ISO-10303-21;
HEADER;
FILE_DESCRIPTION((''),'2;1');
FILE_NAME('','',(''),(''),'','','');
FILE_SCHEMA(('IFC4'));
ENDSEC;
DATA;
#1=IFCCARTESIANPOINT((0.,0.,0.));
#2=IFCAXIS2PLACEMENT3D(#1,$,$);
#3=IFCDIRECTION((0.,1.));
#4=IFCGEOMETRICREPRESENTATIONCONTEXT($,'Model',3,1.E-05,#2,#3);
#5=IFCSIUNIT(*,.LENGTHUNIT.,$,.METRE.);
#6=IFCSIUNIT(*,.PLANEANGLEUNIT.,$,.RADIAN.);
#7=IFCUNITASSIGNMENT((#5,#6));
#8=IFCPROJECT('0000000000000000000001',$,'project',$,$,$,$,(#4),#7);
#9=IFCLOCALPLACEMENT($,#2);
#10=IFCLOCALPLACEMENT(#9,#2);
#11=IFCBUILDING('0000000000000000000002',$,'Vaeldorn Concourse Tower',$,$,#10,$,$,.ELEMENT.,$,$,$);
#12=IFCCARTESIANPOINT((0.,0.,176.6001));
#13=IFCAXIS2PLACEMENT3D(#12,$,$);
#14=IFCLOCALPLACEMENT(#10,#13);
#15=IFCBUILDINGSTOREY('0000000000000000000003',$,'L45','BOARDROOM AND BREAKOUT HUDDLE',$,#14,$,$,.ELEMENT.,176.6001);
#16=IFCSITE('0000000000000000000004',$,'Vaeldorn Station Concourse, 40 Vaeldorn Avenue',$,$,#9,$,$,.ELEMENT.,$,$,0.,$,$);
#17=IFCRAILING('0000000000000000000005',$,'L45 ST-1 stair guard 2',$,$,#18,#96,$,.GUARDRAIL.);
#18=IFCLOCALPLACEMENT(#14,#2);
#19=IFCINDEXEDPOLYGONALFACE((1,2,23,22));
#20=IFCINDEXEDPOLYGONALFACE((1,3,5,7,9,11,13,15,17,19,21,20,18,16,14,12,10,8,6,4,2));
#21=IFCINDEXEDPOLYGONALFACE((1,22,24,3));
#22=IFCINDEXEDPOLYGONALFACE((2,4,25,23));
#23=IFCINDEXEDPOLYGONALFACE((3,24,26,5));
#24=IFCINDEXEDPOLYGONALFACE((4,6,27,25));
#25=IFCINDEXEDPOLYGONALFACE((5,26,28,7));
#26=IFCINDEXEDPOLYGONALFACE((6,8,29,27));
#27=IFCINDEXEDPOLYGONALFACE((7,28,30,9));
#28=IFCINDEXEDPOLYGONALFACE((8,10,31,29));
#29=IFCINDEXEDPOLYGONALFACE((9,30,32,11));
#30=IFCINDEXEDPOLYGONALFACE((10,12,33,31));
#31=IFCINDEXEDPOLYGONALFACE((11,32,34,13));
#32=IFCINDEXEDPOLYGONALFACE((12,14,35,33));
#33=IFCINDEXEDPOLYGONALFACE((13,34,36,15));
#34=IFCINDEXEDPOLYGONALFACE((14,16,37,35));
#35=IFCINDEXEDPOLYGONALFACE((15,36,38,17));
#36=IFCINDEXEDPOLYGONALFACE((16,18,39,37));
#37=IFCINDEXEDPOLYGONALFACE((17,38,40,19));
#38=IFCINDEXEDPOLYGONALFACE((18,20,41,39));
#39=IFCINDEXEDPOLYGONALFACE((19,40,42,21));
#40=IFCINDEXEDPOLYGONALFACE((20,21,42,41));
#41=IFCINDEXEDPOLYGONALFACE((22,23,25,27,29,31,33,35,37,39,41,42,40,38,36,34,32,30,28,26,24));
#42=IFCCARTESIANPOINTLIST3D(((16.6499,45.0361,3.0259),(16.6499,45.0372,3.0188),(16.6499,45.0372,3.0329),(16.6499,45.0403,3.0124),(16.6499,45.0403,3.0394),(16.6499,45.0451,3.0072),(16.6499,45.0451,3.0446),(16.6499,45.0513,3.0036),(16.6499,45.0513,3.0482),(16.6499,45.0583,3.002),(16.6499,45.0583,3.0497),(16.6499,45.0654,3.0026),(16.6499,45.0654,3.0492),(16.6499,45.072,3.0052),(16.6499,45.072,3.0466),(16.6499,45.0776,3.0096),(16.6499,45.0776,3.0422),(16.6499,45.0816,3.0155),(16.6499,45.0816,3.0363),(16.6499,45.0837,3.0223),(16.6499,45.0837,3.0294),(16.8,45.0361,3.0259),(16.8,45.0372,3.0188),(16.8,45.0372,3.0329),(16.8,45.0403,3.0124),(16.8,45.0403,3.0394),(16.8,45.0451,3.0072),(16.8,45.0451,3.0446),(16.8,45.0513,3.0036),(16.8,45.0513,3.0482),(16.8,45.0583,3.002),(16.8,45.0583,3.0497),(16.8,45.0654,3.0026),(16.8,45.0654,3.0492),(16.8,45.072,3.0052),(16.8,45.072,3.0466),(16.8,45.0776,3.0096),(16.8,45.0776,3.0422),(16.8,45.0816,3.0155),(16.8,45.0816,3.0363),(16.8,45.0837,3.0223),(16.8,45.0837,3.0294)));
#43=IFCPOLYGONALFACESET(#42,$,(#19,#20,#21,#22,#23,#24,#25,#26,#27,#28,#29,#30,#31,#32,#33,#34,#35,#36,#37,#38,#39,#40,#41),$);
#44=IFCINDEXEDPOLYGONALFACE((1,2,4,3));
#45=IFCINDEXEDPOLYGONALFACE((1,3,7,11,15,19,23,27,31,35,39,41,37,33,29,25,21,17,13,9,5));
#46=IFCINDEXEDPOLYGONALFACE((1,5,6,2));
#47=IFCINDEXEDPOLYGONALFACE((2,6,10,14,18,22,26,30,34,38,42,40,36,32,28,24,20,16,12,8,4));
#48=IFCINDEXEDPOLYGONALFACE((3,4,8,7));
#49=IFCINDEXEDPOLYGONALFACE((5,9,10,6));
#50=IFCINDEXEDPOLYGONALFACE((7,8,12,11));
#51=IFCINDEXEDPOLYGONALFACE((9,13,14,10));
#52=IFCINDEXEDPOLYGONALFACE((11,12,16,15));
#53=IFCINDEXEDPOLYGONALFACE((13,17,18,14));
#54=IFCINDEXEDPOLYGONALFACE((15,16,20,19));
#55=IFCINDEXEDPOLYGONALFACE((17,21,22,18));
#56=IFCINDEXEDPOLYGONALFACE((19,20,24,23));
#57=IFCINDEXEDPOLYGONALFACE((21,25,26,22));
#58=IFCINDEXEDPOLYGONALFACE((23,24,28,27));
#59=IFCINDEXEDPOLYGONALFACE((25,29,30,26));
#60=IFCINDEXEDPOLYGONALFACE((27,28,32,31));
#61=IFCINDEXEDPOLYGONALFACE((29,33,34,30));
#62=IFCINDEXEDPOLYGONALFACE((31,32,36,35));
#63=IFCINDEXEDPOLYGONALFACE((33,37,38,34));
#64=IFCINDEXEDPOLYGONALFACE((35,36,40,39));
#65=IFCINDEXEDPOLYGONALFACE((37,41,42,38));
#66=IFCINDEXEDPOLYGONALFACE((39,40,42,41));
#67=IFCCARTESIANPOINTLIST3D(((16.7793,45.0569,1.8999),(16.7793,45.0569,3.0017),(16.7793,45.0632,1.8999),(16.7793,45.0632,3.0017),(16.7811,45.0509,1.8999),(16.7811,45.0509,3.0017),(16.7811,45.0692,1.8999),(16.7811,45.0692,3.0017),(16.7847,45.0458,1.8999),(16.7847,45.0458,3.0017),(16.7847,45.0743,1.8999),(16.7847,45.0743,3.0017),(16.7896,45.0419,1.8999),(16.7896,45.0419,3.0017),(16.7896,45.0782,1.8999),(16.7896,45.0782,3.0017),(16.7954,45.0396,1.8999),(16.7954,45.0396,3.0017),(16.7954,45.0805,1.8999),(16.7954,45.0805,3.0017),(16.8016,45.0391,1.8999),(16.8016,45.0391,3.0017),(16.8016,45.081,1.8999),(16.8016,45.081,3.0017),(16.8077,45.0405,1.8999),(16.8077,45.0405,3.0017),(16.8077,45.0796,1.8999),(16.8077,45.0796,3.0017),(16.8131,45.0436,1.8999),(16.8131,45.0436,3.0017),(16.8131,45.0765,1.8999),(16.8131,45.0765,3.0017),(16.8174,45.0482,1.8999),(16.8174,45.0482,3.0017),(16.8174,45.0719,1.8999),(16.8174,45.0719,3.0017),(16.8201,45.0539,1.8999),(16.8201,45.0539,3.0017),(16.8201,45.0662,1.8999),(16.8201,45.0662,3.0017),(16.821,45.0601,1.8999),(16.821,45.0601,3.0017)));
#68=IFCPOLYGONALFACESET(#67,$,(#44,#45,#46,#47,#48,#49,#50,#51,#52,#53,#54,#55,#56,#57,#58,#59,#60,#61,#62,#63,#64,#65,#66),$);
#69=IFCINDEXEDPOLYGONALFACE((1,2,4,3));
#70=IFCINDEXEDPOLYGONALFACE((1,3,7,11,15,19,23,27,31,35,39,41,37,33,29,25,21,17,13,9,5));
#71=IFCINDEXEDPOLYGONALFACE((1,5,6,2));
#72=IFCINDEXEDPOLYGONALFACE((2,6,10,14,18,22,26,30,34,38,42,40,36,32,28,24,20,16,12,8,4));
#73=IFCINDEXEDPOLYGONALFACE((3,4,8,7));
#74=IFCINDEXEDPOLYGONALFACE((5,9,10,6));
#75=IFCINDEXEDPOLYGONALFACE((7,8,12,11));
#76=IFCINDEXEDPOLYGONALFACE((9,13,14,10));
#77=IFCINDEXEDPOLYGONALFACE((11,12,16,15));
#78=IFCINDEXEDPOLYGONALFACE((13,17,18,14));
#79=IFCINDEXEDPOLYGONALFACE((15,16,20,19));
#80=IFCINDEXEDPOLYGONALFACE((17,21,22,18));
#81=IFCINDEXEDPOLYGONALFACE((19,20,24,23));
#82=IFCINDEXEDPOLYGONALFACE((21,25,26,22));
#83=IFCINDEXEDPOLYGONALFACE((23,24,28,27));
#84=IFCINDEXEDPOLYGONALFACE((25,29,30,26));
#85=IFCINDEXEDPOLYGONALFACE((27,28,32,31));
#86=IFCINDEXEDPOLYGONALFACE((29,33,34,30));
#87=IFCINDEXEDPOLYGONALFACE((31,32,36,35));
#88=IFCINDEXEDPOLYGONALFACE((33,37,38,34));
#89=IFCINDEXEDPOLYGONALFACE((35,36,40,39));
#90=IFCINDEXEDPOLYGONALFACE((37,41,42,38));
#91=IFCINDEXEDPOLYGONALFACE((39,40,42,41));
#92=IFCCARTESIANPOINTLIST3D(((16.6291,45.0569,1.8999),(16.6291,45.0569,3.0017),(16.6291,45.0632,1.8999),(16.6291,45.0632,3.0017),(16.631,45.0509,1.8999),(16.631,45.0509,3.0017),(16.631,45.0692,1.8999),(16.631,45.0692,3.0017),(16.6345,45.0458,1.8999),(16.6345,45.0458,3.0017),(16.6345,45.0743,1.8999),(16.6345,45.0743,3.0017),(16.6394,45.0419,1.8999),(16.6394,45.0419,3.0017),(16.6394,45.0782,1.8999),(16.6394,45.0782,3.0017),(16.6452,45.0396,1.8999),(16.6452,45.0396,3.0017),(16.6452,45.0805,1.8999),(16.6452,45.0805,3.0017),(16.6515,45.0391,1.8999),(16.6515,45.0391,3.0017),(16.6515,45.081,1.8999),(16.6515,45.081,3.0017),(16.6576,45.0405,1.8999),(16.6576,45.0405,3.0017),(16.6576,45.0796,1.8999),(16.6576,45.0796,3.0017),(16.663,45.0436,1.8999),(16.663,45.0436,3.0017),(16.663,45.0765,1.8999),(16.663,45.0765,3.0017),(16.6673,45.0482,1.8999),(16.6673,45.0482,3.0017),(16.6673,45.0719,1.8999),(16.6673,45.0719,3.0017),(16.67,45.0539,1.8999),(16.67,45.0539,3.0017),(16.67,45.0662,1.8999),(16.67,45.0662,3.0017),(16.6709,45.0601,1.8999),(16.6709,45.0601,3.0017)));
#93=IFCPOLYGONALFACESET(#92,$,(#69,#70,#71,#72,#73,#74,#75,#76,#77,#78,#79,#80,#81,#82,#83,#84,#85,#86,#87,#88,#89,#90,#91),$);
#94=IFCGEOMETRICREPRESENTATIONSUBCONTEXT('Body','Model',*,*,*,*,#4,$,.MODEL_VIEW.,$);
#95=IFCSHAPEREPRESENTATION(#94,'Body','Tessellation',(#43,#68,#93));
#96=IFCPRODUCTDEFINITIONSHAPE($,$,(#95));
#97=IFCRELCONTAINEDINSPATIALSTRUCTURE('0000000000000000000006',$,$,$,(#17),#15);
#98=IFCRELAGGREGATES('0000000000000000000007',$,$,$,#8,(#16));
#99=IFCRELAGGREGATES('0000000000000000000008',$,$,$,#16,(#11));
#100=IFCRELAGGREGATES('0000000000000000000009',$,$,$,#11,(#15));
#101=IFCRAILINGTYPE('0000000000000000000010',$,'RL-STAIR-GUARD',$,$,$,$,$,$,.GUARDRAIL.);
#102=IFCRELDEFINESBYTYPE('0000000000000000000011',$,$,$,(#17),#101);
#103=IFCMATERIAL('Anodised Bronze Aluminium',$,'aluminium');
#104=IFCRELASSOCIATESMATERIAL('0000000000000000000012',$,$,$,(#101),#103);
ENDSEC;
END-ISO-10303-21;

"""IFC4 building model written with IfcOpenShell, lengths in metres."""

from ifc_helpers import new_model, si_unit, direction, frame, origin, origin_2d, place, context, subcontext, project, spatial, circle, extrude, material, type_object, element, save


model = new_model("IFC4")

# Units and contexts
model_context = context("Model", 3, precision=1e-05, world=origin(), true_north=direction((0.0, 1.0)))
body_context = subcontext(model_context, "Body", "Model", "MODEL_VIEW")
ifc_project = project(units=[si_unit("LENGTHUNIT", "METRE"), si_unit("PLANEANGLEUNIT", "RADIAN")], contexts=[model_context])

# Site, building, storey
site_placement = place(None, origin())
site = spatial("IfcSite", under=ifc_project, at=site_placement, Name="Vaeldorn Station Concourse, 40 Vaeldorn Avenue", CompositionType="ELEMENT", RefElevation=0.0)
building_placement = place(site_placement, origin())
building = spatial("IfcBuilding", under=site, at=building_placement, Name="Vaeldorn Concourse Tower", CompositionType="ELEMENT")
storey_placement = place(building_placement, frame((0.0, 0.0, 176.6001)))
storey = spatial("IfcBuildingStorey", under=building, at=storey_placement, Name="L45", Description="BOARDROOM AND BREAKOUT HUDDLE", CompositionType="ELEMENT", Elevation=176.6001)

# Railing
ifc_material_1 = material(Name="Anodised Bronze Aluminium", Category="aluminium")
railing_type_1 = type_object("IfcRailingType", Name="RL-STAIR-GUARD", PredefinedType="GUARDRAIL", material=ifc_material_1)
railing_1_placement = place(storey_placement, frame((16.8, 45.0601, 1.8999)))
element("IfcRailing", 1, at=railing_1_placement, inside=storey, type_object=railing_type_1, Name="L45 ST-1 stair guard 2", PredefinedType="GUARDRAIL", context=body_context, shape_type="SweptSolid", body=[
    extrude(circle(Radius=0.0239, at=origin_2d()), frame((0.0, 0.0, 1.126), z_axis=(-1.0, 0.0, 0.0), x_axis=(0.0, -1.0, 0.0)), (0.0, 0.0, 1.0), 0.1501),
    extrude(circle(Radius=0.021, at=origin_2d()), origin(), (0.0, 0.0, 1.0), 1.1018),
    extrude(circle(Radius=0.021, at=origin_2d()), frame((-0.1501, 0.0, 0.0)), (0.0, 0.0, 1.0), 1.1018),
])

save(model, "model.ifc")
